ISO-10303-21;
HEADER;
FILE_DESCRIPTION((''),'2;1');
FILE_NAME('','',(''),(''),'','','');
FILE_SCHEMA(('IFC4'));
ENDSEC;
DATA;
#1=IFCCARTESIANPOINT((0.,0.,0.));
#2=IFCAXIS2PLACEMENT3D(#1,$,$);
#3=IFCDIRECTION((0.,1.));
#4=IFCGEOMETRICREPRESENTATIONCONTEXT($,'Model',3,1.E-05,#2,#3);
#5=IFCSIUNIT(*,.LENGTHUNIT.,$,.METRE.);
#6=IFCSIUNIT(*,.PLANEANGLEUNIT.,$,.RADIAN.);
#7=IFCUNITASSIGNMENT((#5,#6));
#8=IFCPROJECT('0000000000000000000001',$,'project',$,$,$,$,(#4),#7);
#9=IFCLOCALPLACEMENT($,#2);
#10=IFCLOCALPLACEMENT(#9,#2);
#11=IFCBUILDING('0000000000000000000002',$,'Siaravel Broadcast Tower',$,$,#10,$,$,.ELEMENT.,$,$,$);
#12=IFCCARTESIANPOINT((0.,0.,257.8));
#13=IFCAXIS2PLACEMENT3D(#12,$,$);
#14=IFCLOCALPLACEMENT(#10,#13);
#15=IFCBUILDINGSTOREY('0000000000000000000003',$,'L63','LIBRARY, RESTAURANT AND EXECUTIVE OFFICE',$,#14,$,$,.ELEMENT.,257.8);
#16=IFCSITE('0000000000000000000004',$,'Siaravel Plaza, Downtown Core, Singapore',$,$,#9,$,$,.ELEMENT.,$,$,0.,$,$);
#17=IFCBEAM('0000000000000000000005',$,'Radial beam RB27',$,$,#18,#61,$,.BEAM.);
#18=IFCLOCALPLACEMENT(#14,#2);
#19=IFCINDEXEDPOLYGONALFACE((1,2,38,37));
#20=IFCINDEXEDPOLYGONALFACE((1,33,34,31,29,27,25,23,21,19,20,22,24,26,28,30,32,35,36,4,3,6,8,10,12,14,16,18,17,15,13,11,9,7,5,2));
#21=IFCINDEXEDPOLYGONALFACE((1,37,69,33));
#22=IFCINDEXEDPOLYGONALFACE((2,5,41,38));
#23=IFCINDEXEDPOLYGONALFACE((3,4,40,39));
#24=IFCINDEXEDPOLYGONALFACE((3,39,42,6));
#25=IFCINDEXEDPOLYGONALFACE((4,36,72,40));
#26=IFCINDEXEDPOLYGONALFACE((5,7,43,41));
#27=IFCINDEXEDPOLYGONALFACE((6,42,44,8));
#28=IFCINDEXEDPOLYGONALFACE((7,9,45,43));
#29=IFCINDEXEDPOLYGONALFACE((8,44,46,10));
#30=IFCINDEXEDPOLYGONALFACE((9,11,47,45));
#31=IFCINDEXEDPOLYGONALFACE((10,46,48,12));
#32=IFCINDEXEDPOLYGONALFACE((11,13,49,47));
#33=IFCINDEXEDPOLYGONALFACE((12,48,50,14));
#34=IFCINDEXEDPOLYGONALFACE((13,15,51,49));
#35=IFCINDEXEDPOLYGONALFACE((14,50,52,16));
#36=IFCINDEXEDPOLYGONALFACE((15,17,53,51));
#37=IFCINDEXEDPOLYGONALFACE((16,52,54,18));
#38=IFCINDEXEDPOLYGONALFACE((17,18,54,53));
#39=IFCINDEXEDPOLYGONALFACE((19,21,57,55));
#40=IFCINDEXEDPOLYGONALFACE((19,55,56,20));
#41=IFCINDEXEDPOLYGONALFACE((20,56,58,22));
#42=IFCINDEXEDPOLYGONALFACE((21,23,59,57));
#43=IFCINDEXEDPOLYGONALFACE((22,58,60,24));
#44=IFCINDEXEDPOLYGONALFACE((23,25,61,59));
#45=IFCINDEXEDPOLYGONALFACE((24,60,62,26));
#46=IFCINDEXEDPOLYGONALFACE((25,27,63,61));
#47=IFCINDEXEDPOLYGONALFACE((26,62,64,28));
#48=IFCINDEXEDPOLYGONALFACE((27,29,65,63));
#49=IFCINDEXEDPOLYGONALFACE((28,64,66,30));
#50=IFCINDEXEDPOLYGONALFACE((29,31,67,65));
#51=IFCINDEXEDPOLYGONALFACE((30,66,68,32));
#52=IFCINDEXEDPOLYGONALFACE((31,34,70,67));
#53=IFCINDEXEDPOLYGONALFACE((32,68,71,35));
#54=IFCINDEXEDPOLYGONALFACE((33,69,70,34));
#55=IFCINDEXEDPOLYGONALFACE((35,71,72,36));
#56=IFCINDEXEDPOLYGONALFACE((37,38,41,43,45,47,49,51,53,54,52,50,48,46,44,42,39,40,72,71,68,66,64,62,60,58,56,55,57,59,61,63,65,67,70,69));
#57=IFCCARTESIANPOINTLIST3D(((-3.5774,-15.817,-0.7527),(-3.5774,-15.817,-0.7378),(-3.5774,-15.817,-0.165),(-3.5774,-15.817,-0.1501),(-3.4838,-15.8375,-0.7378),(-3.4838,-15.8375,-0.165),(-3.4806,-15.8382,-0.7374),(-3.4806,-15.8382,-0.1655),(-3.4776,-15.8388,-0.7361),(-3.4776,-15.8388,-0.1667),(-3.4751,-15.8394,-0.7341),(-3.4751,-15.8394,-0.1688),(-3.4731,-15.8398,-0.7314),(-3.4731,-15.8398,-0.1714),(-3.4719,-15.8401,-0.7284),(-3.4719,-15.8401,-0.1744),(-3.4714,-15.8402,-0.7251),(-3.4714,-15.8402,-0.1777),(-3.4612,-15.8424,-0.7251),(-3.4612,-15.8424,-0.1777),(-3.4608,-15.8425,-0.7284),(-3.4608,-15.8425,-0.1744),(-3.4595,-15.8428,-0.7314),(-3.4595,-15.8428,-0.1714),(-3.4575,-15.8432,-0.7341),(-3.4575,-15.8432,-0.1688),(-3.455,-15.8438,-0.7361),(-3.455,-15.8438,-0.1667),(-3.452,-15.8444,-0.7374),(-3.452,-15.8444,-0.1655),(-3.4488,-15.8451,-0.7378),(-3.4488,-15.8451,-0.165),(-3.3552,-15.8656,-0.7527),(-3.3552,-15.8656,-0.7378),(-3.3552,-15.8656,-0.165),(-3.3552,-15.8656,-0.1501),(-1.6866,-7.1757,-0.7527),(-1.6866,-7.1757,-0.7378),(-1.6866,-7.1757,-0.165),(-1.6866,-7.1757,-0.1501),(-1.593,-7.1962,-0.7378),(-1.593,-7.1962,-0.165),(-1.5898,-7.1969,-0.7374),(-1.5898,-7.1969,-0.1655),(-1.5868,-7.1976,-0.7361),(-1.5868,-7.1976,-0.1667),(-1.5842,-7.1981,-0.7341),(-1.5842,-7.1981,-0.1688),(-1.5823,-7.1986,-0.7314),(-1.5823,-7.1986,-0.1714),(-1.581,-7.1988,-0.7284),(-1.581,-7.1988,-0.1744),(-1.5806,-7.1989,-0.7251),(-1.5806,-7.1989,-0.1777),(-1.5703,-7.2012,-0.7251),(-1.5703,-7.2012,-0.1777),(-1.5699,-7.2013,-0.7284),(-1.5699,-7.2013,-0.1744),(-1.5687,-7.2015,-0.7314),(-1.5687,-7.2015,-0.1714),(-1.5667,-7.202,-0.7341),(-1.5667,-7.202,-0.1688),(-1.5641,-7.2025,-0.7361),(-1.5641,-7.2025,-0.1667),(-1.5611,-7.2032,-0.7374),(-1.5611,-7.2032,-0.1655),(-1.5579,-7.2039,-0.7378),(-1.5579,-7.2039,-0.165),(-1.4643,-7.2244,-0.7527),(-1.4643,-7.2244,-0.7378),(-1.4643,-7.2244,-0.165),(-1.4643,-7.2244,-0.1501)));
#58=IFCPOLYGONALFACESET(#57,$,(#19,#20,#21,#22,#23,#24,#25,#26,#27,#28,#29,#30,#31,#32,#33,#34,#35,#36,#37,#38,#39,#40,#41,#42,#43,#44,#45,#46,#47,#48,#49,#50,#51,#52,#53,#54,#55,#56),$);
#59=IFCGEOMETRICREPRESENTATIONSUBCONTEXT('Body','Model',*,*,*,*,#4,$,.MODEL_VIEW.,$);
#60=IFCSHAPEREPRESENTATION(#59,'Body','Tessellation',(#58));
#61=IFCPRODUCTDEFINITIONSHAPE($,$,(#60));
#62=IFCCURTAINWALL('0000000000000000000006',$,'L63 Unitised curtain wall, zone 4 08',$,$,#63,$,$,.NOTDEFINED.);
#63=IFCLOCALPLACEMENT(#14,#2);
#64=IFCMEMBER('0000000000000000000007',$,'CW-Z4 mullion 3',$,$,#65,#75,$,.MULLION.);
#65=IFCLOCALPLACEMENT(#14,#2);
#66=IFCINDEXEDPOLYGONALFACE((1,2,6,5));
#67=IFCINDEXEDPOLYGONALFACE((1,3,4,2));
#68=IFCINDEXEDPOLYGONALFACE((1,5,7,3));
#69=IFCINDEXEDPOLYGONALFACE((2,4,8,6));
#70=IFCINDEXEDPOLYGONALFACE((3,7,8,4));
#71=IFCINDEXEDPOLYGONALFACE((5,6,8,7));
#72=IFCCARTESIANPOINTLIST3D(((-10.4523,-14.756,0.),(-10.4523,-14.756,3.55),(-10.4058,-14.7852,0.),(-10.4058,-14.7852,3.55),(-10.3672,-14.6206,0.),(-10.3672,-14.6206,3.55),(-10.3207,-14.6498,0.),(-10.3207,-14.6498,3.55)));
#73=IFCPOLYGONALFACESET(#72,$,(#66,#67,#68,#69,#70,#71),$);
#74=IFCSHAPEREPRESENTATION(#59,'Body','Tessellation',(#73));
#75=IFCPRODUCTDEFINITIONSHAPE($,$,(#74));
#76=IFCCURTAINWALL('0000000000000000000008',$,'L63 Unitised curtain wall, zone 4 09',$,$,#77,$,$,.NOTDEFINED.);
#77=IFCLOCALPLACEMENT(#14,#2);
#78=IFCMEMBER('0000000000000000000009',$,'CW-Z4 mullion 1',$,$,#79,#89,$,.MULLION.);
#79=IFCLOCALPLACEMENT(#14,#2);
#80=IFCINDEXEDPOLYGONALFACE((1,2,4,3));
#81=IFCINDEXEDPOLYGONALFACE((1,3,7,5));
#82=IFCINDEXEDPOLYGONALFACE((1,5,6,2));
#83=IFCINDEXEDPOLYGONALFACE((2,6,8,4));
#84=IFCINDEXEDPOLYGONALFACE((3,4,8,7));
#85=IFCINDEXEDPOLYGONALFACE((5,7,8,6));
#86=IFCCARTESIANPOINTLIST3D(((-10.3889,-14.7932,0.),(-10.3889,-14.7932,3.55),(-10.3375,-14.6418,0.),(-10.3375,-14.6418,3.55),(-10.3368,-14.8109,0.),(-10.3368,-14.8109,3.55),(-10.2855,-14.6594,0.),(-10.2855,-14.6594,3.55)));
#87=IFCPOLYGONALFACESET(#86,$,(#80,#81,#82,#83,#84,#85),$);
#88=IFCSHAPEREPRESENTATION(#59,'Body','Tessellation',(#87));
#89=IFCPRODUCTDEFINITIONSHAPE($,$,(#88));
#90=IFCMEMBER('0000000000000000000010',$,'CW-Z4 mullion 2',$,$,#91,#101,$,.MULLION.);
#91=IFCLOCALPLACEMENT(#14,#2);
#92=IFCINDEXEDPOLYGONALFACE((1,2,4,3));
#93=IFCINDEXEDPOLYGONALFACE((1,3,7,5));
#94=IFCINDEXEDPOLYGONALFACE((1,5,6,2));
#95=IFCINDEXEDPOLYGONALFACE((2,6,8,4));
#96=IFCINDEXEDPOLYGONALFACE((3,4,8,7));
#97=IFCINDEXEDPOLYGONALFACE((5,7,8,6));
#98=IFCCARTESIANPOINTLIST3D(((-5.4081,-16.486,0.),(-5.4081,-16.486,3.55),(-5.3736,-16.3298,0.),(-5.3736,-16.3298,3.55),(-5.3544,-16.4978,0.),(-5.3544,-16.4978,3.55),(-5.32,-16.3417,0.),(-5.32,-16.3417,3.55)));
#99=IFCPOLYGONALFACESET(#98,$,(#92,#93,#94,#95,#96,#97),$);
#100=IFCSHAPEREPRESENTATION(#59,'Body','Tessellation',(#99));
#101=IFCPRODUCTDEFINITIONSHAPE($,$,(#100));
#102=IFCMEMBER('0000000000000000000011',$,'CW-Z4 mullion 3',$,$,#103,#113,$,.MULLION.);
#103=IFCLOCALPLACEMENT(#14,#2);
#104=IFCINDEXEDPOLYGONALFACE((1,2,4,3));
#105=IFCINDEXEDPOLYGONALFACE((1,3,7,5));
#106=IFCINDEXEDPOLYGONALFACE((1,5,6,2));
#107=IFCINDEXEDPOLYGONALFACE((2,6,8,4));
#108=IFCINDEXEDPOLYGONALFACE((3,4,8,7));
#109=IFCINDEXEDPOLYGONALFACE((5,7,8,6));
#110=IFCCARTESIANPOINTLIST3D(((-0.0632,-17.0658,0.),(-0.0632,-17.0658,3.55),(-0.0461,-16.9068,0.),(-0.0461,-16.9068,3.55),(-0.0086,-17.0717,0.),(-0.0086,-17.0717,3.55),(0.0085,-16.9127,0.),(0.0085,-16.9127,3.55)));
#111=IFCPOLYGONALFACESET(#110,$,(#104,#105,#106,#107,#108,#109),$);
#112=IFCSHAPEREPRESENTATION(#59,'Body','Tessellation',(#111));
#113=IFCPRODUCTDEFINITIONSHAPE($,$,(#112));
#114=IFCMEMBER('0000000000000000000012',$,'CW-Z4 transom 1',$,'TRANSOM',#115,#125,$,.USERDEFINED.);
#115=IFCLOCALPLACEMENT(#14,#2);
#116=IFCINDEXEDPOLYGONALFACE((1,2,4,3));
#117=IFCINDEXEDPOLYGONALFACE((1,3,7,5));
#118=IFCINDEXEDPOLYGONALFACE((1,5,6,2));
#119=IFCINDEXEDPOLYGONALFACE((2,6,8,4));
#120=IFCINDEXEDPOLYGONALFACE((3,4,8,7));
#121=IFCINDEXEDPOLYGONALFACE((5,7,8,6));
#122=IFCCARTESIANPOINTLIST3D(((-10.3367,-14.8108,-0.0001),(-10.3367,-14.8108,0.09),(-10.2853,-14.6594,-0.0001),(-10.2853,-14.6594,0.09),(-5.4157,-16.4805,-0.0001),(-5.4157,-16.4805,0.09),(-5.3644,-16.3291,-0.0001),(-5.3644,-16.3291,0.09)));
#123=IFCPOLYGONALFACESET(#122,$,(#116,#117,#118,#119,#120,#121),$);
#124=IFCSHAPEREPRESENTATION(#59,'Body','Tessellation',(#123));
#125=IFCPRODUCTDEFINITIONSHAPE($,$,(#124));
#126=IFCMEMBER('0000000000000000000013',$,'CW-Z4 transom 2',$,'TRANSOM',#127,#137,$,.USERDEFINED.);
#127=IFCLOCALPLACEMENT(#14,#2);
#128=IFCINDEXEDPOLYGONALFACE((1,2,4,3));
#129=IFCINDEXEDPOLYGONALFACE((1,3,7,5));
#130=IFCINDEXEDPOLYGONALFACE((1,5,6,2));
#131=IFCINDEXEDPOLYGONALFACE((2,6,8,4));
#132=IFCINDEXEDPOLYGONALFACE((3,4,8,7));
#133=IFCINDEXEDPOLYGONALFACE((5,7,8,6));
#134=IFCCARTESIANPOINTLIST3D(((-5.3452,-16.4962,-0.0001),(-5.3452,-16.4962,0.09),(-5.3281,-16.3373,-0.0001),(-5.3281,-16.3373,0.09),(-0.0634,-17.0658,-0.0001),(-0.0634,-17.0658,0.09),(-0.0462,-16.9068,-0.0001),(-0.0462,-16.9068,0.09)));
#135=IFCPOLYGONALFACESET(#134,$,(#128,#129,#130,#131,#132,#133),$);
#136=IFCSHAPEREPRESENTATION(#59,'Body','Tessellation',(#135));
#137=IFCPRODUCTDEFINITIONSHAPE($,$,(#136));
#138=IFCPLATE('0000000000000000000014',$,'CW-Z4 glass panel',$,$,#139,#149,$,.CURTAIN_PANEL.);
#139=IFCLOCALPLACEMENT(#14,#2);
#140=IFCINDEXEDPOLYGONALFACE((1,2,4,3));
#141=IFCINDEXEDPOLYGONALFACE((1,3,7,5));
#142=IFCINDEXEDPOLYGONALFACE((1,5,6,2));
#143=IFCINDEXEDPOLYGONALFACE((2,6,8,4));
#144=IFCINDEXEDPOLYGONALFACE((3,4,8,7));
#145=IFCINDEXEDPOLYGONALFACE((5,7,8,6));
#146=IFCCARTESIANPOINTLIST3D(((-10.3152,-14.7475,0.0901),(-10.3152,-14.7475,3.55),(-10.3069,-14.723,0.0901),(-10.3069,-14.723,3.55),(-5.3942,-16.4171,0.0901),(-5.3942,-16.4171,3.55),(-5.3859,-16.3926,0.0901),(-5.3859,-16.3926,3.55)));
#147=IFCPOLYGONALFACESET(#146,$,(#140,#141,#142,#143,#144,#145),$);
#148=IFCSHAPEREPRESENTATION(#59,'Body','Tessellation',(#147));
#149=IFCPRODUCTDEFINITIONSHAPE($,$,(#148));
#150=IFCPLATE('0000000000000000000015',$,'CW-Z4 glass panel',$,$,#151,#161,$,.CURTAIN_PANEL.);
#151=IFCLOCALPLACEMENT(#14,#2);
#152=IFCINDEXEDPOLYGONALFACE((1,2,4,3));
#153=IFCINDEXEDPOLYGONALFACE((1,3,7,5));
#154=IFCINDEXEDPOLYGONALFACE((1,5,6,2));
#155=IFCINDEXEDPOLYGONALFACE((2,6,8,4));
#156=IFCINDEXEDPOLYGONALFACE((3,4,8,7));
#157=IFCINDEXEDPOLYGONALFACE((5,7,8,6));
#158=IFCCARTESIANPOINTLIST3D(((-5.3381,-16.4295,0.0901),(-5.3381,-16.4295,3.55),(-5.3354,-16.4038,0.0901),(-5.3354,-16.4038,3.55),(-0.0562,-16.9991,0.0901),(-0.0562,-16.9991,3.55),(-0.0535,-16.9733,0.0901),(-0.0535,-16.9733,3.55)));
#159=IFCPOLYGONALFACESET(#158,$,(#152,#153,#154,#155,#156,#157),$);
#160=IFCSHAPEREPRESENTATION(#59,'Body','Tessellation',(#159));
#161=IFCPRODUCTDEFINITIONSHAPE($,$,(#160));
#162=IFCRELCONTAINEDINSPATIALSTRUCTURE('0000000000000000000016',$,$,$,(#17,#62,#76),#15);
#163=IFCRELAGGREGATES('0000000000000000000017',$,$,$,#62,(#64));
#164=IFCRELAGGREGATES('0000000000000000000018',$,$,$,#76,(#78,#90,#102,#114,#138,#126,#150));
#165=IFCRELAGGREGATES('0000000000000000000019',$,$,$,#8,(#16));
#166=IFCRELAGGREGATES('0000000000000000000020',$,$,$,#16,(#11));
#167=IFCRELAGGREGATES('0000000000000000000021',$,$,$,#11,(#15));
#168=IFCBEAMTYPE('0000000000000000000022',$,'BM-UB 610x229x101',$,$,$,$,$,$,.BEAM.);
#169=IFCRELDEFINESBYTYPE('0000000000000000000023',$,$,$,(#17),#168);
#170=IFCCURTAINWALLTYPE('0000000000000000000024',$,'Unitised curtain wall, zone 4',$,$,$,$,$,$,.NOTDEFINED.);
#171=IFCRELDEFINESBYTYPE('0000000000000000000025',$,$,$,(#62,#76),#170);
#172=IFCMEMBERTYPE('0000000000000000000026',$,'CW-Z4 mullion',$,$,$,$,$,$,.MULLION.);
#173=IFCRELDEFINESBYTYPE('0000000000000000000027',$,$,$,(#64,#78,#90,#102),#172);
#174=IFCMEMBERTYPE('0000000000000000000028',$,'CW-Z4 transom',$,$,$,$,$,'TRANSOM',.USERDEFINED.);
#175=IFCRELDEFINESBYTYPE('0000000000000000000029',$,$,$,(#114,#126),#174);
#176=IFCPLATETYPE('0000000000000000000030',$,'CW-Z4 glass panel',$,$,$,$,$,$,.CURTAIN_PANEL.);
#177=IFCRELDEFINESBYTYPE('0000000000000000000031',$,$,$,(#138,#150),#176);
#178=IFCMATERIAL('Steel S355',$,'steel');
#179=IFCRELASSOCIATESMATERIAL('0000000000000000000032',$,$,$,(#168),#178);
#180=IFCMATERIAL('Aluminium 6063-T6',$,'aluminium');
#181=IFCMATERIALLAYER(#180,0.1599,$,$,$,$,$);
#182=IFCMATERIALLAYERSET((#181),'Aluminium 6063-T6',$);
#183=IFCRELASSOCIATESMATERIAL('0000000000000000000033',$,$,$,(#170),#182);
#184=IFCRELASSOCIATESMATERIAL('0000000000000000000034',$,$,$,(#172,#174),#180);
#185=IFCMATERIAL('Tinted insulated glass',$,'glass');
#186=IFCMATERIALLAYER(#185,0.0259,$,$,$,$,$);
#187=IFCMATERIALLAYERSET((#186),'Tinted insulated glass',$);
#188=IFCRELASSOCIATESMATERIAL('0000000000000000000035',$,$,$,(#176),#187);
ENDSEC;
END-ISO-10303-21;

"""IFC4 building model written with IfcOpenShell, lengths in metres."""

from ifc_helpers import new_model, si_unit, direction, frame, origin, origin_2d, place, context, subcontext, project, spatial, rectangle, i_section, extrude, material, layer, layer_set, material_profile, profile_set, type_object, element, aggregate, save


model = new_model("IFC4")

# Units and contexts
model_context = context("Model", 3, precision=1e-05, world=origin(), true_north=direction((0.0, 1.0)))
body_context = subcontext(model_context, "Body", "Model", "MODEL_VIEW")
ifc_project = project(units=[si_unit("LENGTHUNIT", "METRE"), si_unit("PLANEANGLEUNIT", "RADIAN")], contexts=[model_context])

# Site, building, storey
site_placement = place(None, origin())
site = spatial("IfcSite", under=ifc_project, at=site_placement, Name="Siaravel Plaza, Downtown Core, Singapore", CompositionType="ELEMENT", RefElevation=0.0)
building_placement = place(site_placement, origin())
building = spatial("IfcBuilding", under=site, at=building_placement, Name="Siaravel Broadcast Tower", CompositionType="ELEMENT")
storey_placement = place(building_placement, frame((0.0, 0.0, 257.8)))
storey = spatial("IfcBuildingStorey", under=building, at=storey_placement, Name="L63", Description="LIBRARY, RESTAURANT AND EXECUTIVE OFFICE", CompositionType="ELEMENT", Elevation=257.8)

# Beam
ifc_material_1 = material(Name="Steel S355", Category="steel")
ifc_material_profile_1 = material_profile(ifc_material_1, i_section(OverallWidth=0.2275, OverallDepth=0.6025, WebThickness=0.0105, FlangeThickness=0.0149, FilletRadius=0.0127, at=origin_2d()))
ifc_profile_set_1 = profile_set([ifc_material_profile_1], Name="Steel S355")
beam_type = type_object("IfcBeamType", Name="BM-UB 610x229x101", PredefinedType="BEAM", material=ifc_profile_set_1)
beam_1_placement = place(storey_placement, frame((-3.4663, -15.8413, -0.4514), z_axis=(0.213759, 0.976887, 0.0), x_axis=(-0.976887, 0.213759, 0.0)))
element("IfcBeam", 1, at=beam_1_placement, inside=storey, type_object=beam_type, Name="Radial beam RB27", PredefinedType="BEAM", context=body_context, shape_type="SweptSolid", body=[
    extrude(i_section(OverallWidth=0.2275, OverallDepth=0.6025, WebThickness=0.0105, FlangeThickness=0.0149, FilletRadius=0.0127, at=origin_2d()), origin(), (0.0, 0.0, 1.0), 8.8457),
])

# Curtain wall, member
ifc_material_2 = material(Name="Aluminium 6063-T6", Category="aluminium")
ifc_layer_1 = layer(ifc_material_2, 0.1599)
ifc_layer_set_1 = layer_set([ifc_layer_1], Name="Aluminium 6063-T6")
curtain_wall_type = type_object("IfcCurtainWallType", Name="Unitised curtain wall, zone 4", PredefinedType="NOTDEFINED", material=ifc_layer_set_1)
curtain_wall_1_placement = place(storey_placement, origin())
curtain_wall_1 = element("IfcCurtainWall", 2, at=curtain_wall_1_placement, inside=storey, type_object=curtain_wall_type, Name="L63 Unitised curtain wall, zone 4 08", PredefinedType="NOTDEFINED")
ifc_material_profile_2 = material_profile(ifc_material_2, rectangle(XDim=0.1599, YDim=0.0549, at=origin_2d()))
ifc_profile_set_2 = profile_set([ifc_material_profile_2], Name="Aluminium 6063-T6")
member_type_1 = type_object("IfcMemberType", Name="CW-Z4 mullion", PredefinedType="MULLION", material=ifc_profile_set_2)
member_1_placement = place(storey_placement, frame((-10.3865, -14.7029, 0.0), z_axis=(0.0, 0.0, 1.0), x_axis=(0.532151, 0.84665, 0.0)))
member_1 = element("IfcMember", 3, at=member_1_placement, type_object=member_type_1, Name="CW-Z4 mullion 3", PredefinedType="MULLION", context=body_context, shape_type="SweptSolid", body=[
    extrude(rectangle(XDim=0.1599, YDim=0.0549, at=origin_2d()), origin(), (0.0, 0.0, 1.0), 3.55),
])
aggregate(curtain_wall_1, [member_1])

# Curtain wall, members, plates
curtain_wall_2_placement = place(storey_placement, origin())
curtain_wall_2 = element("IfcCurtainWall", 4, at=curtain_wall_2_placement, inside=storey, type_object=curtain_wall_type, Name="L63 Unitised curtain wall, zone 4 09", PredefinedType="NOTDEFINED")
member_2_placement = place(storey_placement, frame((-10.3372, -14.7263, 0.0), z_axis=(0.0, 0.0, 1.0), x_axis=(0.321302, 0.946977, 0.0)))
member_2 = element("IfcMember", 5, at=member_2_placement, type_object=member_type_1, Name="CW-Z4 mullion 1", PredefinedType="MULLION", context=body_context, shape_type="SweptSolid", body=[
    extrude(rectangle(XDim=0.1599, YDim=0.0549, at=origin_2d()), origin(), (0.0, 0.0, 1.0), 3.55),
])
member_3_placement = place(storey_placement, frame((-5.364, -16.4138, 0.0), z_axis=(0.0, 0.0, 1.0), x_axis=(0.215559, 0.976491, 0.0)))
member_3 = element("IfcMember", 6, at=member_3_placement, type_object=member_type_1, Name="CW-Z4 mullion 2", PredefinedType="MULLION", context=body_context, shape_type="SweptSolid", body=[
    extrude(rectangle(XDim=0.1599, YDim=0.0549, at=origin_2d()), origin(), (0.0, 0.0, 1.0), 3.55),
])
member_4_placement = place(storey_placement, frame((-0.0273, -16.9893, 0.0), z_axis=(0.0, 0.0, 1.0), x_axis=(0.107218, 0.994236, 0.0)))
member_4 = element("IfcMember", 7, at=member_4_placement, type_object=member_type_1, Name="CW-Z4 mullion 3", PredefinedType="MULLION", context=body_context, shape_type="SweptSolid", body=[
    extrude(rectangle(XDim=0.1599, YDim=0.0549, at=origin_2d()), origin(), (0.0, 0.0, 1.0), 3.55),
])
ifc_material_profile_3 = material_profile(ifc_material_2, rectangle(XDim=0.1599, YDim=0.0901, at=origin_2d()))
ifc_profile_set_3 = profile_set([ifc_material_profile_3], Name="Aluminium 6063-T6")
member_type_2 = type_object("IfcMemberType", Name="CW-Z4 transom", ElementType="TRANSOM", PredefinedType="USERDEFINED", material=ifc_profile_set_3)
member_5_placement = place(storey_placement, frame((-10.311, -14.7351, 0.0449), z_axis=(0.946974, -0.321311, 0.0), x_axis=(0.321311, 0.946974, 0.0)))
member_5 = element("IfcMember", 8, at=member_5_placement, type_object=member_type_2, Name="CW-Z4 transom 1", ObjectType="TRANSOM", PredefinedType="USERDEFINED", context=body_context, shape_type="SweptSolid", body=[
    extrude(rectangle(XDim=0.1599, YDim=0.0901, at=origin_2d()), origin(), (0.0, 0.0, 1.0), 5.1965),
])
member_6_placement = place(storey_placement, frame((-5.3367, -16.4167, 0.0449), z_axis=(0.994236, -0.107213, 0.0), x_axis=(0.107213, 0.994236, 0.0)))
member_6 = element("IfcMember", 9, at=member_6_placement, type_object=member_type_2, Name="CW-Z4 transom 2", ObjectType="TRANSOM", PredefinedType="USERDEFINED", context=body_context, shape_type="SweptSolid", body=[
    extrude(rectangle(XDim=0.1599, YDim=0.0901, at=origin_2d()), origin(), (0.0, 0.0, 1.0), 5.3125),
])
ifc_material_3 = material(Name="Tinted insulated glass", Category="glass")
ifc_layer_2 = layer(ifc_material_3, 0.0259)
ifc_layer_set_2 = layer_set([ifc_layer_2], Name="Tinted insulated glass")
plate_type = type_object("IfcPlateType", Name="CW-Z4 glass panel", PredefinedType="CURTAIN_PANEL", material=ifc_layer_set_2)
plate_1_placement = place(storey_placement, frame((-7.8506, -15.5701, 0.0901), z_axis=(0.0, 0.0, 1.0), x_axis=(0.946977, -0.321302, 0.0)))
plate_1 = element("IfcPlate", 10, at=plate_1_placement, type_object=plate_type, Name="CW-Z4 glass panel", PredefinedType="CURTAIN_PANEL", context=body_context, shape_type="SweptSolid", body=[
    extrude(rectangle(XDim=5.1965, YDim=0.0259, at=origin_2d()), origin(), (0.0, 0.0, 1.0), 3.46),
])
plate_2_placement = place(storey_placement, frame((-2.6958, -16.7014, 0.0901), z_axis=(0.0, 0.0, 1.0), x_axis=(0.994236, -0.107218, 0.0)))
plate_2 = element("IfcPlate", 11, at=plate_2_placement, type_object=plate_type, Name="CW-Z4 glass panel", PredefinedType="CURTAIN_PANEL", context=body_context, shape_type="SweptSolid", body=[
    extrude(rectangle(XDim=5.3125, YDim=0.0259, at=origin_2d()), origin(), (0.0, 0.0, 1.0), 3.46),
])
aggregate(curtain_wall_2, [member_2, member_3, member_4, member_5, plate_1, member_6, plate_2])

save(model, "model.ifc")
